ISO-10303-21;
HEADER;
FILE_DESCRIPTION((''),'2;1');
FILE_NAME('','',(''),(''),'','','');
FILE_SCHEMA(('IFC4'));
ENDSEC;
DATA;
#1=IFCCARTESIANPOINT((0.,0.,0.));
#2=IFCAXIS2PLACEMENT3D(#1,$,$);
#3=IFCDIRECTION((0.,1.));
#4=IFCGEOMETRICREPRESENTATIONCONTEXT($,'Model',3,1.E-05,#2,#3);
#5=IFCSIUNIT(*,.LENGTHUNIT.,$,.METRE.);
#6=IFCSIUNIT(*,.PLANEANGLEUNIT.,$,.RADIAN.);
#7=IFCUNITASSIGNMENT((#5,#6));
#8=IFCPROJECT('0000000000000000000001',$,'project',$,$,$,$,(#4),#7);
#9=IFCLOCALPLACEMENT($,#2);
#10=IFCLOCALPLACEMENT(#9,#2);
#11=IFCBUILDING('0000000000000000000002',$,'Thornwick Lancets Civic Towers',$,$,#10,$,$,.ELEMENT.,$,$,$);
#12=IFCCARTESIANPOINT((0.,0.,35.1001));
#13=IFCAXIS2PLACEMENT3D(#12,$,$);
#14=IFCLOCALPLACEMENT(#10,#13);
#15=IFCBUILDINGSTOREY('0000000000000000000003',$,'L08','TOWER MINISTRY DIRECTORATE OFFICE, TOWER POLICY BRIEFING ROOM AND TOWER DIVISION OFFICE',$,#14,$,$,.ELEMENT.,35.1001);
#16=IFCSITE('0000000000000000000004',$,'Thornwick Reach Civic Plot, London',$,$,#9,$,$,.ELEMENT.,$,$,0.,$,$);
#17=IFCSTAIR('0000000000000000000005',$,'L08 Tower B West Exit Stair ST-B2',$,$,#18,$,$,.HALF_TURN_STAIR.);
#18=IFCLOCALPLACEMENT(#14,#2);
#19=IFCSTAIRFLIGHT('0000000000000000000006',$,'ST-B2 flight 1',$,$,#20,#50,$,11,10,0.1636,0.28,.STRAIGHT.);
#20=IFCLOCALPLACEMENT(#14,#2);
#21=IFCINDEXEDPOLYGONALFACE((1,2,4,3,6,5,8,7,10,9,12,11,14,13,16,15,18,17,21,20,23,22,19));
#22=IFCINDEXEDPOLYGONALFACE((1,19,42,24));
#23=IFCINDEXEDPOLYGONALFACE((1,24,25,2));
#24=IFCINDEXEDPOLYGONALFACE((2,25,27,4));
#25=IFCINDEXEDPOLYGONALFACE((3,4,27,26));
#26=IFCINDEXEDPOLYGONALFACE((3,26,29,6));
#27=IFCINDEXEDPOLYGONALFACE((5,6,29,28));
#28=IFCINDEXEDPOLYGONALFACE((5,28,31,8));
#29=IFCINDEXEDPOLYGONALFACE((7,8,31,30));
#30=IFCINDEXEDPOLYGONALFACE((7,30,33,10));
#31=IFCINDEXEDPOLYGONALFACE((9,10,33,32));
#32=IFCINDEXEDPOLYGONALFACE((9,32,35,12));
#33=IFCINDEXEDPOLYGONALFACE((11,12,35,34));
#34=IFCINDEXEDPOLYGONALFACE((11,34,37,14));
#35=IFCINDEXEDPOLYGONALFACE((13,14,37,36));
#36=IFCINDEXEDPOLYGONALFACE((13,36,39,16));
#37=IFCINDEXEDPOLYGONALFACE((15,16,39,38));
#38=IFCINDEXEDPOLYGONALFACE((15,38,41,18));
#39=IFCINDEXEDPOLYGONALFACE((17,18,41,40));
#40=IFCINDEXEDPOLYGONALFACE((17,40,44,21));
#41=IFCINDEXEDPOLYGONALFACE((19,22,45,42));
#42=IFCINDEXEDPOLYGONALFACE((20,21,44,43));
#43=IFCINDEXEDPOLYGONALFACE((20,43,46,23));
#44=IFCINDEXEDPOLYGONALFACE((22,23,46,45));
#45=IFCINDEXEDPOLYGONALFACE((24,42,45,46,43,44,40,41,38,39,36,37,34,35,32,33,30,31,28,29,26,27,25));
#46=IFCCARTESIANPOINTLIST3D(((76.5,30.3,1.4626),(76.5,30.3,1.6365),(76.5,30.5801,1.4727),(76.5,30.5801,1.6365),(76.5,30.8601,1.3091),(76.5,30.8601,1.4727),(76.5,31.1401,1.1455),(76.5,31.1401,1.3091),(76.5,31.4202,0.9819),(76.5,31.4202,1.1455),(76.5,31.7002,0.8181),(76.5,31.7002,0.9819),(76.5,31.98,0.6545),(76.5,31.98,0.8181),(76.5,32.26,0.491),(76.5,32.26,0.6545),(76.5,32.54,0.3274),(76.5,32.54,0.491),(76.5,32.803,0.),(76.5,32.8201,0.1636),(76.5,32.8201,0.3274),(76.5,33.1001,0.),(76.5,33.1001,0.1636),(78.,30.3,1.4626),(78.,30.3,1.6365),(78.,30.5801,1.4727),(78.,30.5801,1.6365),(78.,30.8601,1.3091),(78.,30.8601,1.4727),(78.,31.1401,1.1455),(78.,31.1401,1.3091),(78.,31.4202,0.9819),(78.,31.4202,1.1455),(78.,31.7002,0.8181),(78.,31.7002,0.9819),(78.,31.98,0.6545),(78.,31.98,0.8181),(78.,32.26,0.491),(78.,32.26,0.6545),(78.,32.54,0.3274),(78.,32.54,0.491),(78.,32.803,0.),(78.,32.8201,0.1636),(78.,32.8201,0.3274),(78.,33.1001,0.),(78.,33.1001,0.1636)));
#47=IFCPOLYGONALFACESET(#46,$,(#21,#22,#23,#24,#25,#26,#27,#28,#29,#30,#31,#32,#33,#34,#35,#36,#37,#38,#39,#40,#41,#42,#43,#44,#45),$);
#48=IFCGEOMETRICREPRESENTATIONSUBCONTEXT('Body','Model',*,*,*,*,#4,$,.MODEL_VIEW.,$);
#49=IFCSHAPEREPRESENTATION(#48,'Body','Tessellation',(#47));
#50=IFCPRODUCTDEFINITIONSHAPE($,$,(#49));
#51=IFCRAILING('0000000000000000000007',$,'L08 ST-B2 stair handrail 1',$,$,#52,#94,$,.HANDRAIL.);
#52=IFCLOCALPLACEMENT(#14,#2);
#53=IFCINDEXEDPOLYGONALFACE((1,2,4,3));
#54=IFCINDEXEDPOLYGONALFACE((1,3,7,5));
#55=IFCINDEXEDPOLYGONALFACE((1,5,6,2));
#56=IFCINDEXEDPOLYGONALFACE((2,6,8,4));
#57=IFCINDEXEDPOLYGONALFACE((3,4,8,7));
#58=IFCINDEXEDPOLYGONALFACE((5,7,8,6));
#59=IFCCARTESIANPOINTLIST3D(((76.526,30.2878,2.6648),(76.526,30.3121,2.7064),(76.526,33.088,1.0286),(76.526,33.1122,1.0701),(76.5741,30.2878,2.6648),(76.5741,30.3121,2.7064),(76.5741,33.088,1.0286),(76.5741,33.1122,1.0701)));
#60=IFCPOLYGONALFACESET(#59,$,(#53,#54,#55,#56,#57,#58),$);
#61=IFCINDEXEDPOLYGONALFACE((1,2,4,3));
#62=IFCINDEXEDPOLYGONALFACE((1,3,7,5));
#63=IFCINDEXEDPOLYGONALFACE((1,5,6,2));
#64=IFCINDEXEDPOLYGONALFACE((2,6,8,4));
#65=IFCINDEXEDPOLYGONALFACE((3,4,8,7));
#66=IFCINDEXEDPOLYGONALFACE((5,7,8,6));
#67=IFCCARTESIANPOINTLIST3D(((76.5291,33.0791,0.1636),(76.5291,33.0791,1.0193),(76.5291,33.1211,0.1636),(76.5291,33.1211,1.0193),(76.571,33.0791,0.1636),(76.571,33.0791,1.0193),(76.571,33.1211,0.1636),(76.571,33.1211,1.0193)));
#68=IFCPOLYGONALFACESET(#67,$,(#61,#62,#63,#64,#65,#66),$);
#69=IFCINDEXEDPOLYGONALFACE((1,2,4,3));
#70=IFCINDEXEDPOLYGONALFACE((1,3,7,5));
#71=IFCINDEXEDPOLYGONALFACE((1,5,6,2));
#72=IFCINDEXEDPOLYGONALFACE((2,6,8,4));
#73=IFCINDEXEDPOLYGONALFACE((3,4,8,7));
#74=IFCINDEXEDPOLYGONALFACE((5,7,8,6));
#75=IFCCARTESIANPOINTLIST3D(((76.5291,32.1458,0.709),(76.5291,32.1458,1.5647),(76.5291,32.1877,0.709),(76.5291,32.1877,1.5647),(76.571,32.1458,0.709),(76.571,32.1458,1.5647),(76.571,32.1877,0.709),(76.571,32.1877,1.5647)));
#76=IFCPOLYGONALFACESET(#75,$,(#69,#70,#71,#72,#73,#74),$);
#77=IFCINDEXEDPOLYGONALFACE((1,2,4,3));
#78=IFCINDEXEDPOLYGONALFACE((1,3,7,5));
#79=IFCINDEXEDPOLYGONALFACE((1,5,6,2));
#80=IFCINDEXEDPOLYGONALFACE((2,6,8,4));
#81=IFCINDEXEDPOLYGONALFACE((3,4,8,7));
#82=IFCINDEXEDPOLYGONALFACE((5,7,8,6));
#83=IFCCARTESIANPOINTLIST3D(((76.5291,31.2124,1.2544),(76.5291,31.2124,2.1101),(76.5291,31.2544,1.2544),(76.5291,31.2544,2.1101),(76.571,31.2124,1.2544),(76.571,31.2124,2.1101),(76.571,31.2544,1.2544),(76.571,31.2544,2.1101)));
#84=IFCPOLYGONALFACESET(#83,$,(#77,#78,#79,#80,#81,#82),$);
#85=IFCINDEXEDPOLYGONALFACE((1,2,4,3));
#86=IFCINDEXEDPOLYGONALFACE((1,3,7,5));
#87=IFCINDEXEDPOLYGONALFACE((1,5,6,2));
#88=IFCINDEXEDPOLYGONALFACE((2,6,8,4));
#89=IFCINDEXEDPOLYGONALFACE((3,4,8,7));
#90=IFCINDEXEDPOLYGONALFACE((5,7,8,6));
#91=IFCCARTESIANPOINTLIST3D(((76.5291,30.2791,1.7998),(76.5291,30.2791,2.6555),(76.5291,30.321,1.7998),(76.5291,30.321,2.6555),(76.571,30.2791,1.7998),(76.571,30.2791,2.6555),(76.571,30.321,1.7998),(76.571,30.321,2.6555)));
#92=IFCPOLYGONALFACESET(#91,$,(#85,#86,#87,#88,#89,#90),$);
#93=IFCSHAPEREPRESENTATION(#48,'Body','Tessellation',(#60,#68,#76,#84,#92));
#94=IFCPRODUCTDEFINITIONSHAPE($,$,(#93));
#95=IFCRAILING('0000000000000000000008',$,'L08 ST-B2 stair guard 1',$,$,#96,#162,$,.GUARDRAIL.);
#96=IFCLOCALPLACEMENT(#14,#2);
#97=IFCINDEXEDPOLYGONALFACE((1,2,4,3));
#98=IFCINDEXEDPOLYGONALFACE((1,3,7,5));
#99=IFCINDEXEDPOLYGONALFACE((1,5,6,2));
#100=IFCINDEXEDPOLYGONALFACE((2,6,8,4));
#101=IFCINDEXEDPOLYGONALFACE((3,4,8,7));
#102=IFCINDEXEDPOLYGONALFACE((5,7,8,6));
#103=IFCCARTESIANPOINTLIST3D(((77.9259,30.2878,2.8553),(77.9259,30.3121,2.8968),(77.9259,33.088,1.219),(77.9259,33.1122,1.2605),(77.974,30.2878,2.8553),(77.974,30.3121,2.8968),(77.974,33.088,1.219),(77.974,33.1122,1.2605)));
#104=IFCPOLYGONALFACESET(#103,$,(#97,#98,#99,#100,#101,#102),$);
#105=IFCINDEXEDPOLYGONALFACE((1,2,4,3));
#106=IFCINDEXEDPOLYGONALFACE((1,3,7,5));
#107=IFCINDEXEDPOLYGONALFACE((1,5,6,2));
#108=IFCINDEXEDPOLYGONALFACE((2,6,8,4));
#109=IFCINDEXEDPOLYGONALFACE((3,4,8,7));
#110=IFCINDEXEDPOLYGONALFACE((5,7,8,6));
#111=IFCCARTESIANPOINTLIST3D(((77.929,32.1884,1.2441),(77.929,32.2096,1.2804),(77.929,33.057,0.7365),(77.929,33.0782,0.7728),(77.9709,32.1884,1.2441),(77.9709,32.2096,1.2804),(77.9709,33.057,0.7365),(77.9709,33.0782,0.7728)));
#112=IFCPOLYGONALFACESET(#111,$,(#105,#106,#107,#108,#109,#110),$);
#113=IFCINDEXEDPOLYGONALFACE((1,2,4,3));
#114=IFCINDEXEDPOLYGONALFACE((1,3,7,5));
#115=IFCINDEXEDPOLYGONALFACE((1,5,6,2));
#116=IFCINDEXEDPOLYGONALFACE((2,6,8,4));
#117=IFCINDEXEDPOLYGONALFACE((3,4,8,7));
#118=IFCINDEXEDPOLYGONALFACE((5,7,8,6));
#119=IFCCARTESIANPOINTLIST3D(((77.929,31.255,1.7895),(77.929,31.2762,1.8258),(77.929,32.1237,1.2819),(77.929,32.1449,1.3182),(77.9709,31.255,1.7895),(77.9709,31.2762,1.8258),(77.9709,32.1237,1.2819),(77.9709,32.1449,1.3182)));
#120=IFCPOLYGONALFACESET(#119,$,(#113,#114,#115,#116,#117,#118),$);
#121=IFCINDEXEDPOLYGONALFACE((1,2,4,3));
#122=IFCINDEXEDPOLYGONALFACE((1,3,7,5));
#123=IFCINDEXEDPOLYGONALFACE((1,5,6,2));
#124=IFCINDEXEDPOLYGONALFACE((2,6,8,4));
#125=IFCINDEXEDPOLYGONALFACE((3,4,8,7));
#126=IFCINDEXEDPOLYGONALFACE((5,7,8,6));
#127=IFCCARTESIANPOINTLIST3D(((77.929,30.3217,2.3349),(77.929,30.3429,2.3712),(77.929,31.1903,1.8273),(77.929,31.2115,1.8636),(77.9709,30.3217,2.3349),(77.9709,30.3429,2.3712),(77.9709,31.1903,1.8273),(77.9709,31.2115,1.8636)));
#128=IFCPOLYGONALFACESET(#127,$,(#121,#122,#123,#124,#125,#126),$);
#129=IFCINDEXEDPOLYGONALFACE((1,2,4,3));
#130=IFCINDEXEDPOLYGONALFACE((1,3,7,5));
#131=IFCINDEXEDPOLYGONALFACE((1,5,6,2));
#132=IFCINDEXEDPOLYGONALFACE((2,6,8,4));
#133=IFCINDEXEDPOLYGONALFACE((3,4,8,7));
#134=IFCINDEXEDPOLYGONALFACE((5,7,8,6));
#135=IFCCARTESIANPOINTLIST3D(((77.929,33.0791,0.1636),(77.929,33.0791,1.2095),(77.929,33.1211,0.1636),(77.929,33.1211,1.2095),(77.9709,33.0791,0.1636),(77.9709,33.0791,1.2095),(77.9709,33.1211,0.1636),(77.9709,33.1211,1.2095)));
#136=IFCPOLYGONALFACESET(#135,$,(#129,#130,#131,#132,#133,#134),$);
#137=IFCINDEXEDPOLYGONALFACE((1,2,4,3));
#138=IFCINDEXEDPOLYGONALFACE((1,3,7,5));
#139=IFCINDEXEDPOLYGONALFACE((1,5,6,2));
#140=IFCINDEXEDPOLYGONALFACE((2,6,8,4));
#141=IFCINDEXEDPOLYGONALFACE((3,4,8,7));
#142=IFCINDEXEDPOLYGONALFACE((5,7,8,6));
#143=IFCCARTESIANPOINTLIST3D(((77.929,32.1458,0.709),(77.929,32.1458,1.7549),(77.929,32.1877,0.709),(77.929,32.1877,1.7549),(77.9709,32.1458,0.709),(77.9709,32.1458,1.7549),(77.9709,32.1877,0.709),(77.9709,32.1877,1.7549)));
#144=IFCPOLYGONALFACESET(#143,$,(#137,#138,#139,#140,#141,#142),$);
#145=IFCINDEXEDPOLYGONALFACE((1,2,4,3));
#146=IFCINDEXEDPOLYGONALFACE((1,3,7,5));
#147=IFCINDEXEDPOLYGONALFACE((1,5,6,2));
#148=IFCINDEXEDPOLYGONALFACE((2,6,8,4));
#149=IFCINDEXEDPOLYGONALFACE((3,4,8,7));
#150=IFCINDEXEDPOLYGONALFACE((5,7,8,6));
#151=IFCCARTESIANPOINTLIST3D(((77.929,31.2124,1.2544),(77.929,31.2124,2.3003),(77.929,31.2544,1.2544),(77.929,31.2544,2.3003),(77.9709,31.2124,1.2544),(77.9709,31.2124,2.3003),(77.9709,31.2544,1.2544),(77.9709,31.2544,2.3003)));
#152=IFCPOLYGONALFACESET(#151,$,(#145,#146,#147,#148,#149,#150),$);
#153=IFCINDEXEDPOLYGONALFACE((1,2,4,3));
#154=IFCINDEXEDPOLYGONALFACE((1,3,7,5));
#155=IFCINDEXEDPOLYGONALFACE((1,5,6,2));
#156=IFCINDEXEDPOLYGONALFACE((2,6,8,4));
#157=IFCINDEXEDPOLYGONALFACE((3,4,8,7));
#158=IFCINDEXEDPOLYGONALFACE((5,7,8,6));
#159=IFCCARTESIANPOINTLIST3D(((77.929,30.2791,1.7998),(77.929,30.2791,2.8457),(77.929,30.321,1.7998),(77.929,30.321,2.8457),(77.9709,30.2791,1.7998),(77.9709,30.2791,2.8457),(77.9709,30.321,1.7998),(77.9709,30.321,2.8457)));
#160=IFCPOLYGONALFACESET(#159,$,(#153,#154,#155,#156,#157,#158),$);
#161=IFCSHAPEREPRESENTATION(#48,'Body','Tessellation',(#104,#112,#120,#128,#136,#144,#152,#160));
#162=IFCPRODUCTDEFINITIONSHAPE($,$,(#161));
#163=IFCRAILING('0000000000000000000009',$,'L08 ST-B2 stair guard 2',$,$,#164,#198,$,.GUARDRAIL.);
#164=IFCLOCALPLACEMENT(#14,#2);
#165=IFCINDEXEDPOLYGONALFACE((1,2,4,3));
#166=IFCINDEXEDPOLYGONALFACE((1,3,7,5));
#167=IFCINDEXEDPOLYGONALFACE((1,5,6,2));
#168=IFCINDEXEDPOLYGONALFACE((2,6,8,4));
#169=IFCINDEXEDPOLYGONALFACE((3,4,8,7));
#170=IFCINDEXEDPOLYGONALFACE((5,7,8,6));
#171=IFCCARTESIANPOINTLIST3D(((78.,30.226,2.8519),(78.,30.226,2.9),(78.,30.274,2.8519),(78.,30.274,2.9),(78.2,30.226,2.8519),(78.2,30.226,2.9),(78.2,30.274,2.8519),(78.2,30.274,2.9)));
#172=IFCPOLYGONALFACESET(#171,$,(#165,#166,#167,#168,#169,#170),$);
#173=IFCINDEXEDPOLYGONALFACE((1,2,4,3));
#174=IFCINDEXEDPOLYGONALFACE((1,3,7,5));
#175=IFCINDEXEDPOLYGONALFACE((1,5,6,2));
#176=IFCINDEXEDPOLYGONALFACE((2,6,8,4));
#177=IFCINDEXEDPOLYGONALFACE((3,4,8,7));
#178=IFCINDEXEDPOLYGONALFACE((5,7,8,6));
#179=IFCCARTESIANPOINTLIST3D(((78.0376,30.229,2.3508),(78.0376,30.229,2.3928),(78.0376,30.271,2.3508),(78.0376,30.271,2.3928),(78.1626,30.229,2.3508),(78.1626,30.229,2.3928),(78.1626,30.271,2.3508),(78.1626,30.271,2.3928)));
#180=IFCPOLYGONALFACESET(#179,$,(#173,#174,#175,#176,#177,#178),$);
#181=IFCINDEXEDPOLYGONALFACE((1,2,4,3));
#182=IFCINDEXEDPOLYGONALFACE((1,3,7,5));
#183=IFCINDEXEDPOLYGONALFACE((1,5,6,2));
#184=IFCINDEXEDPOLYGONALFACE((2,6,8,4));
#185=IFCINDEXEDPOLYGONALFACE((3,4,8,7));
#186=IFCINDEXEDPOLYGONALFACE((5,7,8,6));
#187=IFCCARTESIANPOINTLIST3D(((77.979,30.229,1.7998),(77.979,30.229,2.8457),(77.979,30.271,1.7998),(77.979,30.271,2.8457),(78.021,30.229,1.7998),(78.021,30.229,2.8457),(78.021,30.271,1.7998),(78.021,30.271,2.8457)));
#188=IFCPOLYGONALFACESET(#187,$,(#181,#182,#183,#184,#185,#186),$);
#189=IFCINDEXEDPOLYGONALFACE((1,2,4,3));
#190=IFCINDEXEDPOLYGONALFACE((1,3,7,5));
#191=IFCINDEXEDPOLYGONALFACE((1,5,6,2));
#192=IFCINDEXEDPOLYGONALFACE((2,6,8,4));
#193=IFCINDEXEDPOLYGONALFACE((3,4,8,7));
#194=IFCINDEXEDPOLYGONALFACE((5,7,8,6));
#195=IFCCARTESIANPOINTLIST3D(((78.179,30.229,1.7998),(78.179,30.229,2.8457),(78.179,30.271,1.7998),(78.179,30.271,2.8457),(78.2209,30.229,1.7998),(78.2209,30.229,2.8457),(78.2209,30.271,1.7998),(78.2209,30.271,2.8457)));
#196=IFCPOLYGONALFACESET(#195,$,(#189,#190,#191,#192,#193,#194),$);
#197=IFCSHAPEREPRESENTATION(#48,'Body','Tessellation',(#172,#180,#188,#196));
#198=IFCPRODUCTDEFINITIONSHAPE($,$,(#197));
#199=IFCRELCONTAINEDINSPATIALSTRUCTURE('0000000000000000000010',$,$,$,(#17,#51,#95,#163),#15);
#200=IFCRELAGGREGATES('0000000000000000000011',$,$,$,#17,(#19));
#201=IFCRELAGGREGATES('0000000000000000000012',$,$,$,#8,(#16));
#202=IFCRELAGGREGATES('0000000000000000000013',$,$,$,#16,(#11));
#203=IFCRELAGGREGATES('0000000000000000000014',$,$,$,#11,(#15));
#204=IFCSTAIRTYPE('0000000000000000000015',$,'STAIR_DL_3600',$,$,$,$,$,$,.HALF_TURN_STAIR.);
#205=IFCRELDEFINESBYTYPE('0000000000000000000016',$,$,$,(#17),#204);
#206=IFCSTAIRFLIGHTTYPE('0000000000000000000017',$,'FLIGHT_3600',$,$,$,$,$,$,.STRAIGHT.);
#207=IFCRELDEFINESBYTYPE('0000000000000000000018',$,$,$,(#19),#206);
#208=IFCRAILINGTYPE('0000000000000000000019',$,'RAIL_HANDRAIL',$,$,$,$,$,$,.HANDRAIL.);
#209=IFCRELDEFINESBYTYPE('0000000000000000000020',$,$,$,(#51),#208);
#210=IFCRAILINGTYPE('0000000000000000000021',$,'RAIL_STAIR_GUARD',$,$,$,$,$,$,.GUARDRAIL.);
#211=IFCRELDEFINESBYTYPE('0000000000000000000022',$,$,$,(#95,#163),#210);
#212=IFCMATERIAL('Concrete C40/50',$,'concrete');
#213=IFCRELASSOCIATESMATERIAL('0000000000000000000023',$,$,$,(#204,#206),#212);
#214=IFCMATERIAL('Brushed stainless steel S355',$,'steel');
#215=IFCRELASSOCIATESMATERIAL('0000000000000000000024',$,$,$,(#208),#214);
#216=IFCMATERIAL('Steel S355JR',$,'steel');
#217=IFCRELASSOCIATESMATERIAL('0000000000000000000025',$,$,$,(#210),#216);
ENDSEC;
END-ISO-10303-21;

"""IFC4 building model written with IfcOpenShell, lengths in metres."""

from ifc_helpers import new_model, si_unit, direction, frame, origin, origin_2d, place, context, subcontext, project, spatial, polyline, rectangle, outline, extrude, material, type_object, element, aggregate, save


model = new_model("IFC4")

# Units and contexts
model_context = context("Model", 3, precision=1e-05, world=origin(), true_north=direction((0.0, 1.0)))
body_context = subcontext(model_context, "Body", "Model", "MODEL_VIEW")
ifc_project = project(units=[si_unit("LENGTHUNIT", "METRE"), si_unit("PLANEANGLEUNIT", "RADIAN")], contexts=[model_context])

# Site, building, storey
site_placement = place(None, origin())
site = spatial("IfcSite", under=ifc_project, at=site_placement, Name="Thornwick Reach Civic Plot, London", CompositionType="ELEMENT", RefElevation=0.0)
building_placement = place(site_placement, origin())
building = spatial("IfcBuilding", under=site, at=building_placement, Name="Thornwick Lancets Civic Towers", CompositionType="ELEMENT")
storey_placement = place(building_placement, frame((0.0, 0.0, 35.1001)))
storey = spatial("IfcBuildingStorey", under=building, at=storey_placement, Name="L08", Description="TOWER MINISTRY DIRECTORATE OFFICE, TOWER POLICY BRIEFING ROOM AND TOWER DIVISION OFFICE", CompositionType="ELEMENT", Elevation=35.1001)

# Shared definitions
ifc_material_1 = material(Name="Steel S355JR", Category="steel")
ifc_material_2 = material(Name="Concrete C40/50", Category="concrete")

# Stair, stair flight
stair_type = type_object("IfcStairType", Name="STAIR_DL_3600", PredefinedType="HALF_TURN_STAIR", material=ifc_material_2)
stair_placement = place(storey_placement, origin())
stair = element("IfcStair", 1, at=stair_placement, inside=storey, type_object=stair_type, Name="L08 Tower B West Exit Stair ST-B2", PredefinedType="HALF_TURN_STAIR")
stair_flight_type = type_object("IfcStairFlightType", Name="FLIGHT_3600", PredefinedType="STRAIGHT", material=ifc_material_2)
stair_flight_placement = place(storey_placement, frame((77.25, 33.1001, 0.0), z_axis=(0.0, 0.0, 1.0), x_axis=(0.0, -1.0, 0.0)))
stair_flight = element("IfcStairFlight", 2, at=stair_flight_placement, type_object=stair_flight_type, Name="ST-B2 flight 1", NumberOfRisers=11, NumberOfTreads=10, PredefinedType="STRAIGHT", RiserHeight=0.1636, TreadLength=0.28, context=body_context, shape_type="SweptSolid", body=[
    extrude(outline(polyline([(0.0, 0.0), (0.0, 0.1636), (0.28, 0.1636), (0.28, 0.3274), (0.5601, 0.3274), (0.5601, 0.491), (0.8401, 0.491), (0.8401, 0.6545), (1.1201, 0.6545), (1.1201, 0.8181), (1.3999, 0.8181), (1.3999, 0.9819), (1.6799, 0.9819), (1.6799, 1.1455), (1.96, 1.1455), (1.96, 1.3091), (2.24, 1.3091), (2.24, 1.4727), (2.52, 1.4727), (2.52, 1.6365), (2.8, 1.6365), (2.8, 1.8), (2.8, 1.4626), (0.2971, 0.0), (0.0, 0.0)])), frame((0.0, 0.75, 0.0), z_axis=(0.0, -1.0, 0.0), x_axis=(1.0, 0.0, 0.0)), (0.0, 0.0, 1.0), 1.5),
])
aggregate(stair, [stair_flight])

# Railings
ifc_material_3 = material(Name="Brushed stainless steel S355", Category="steel")
railing_type_1 = type_object("IfcRailingType", Name="RAIL_HANDRAIL", PredefinedType="HANDRAIL", material=ifc_material_3)
railing_1_placement = place(storey_placement, frame((76.55, 33.1001, 0.1636)))
element("IfcRailing", 3, at=railing_1_placement, inside=storey, type_object=railing_type_1, Name="L08 ST-B2 stair handrail 1", PredefinedType="HANDRAIL", context=body_context, shape_type="SweptSolid", body=[
    extrude(rectangle(XDim=0.0481, YDim=0.0481, at=origin_2d()), frame((0.0, 0.0, 0.8857), z_axis=(0.0, -0.863394, 0.504531), x_axis=(1.0, 0.0, 0.0)), (0.0, 0.0, 1.0), 3.2432),
    extrude(rectangle(XDim=0.042, YDim=0.042, at=origin_2d()), origin(), (0.0, 0.0, 1.0), 0.8557),
    extrude(rectangle(XDim=0.042, YDim=0.042, at=origin_2d()), frame((0.0, -0.9333, 0.5454)), (0.0, 0.0, 1.0), 0.8557),
    extrude(rectangle(XDim=0.042, YDim=0.042, at=origin_2d()), frame((0.0, -1.8667, 1.0908)), (0.0, 0.0, 1.0), 0.8557),
    extrude(rectangle(XDim=0.042, YDim=0.042, at=origin_2d()), frame((0.0, -2.8, 1.6362)), (0.0, 0.0, 1.0), 0.8557),
])
railing_type_2 = type_object("IfcRailingType", Name="RAIL_STAIR_GUARD", PredefinedType="GUARDRAIL", material=ifc_material_1)
railing_2_placement = place(storey_placement, frame((77.95, 33.1001, 0.1636)))
element("IfcRailing", 4, at=railing_2_placement, inside=storey, type_object=railing_type_2, Name="L08 ST-B2 stair guard 1", PredefinedType="GUARDRAIL", context=body_context, shape_type="SweptSolid", body=[
    extrude(rectangle(XDim=0.0481, YDim=0.0481, at=origin_2d()), frame((0.0, 0.0, 1.0762), z_axis=(0.0, -0.863394, 0.504531), x_axis=(1.0, 0.0, 0.0)), (0.0, 0.0, 1.0), 3.2432),
    extrude(rectangle(XDim=0.042, YDim=0.042, at=origin_2d()), frame((0.0, -0.0325, 0.5911), z_axis=(0.0, -0.863394, 0.504531), x_axis=(1.0, 0.0, 0.0)), (0.0, 0.0, 1.0), 1.0061),
    extrude(rectangle(XDim=0.042, YDim=0.042, at=origin_2d()), frame((0.0, -0.9658, 1.1365), z_axis=(0.0, -0.863394, 0.504531), x_axis=(1.0, 0.0, 0.0)), (0.0, 0.0, 1.0), 1.0061),
    extrude(rectangle(XDim=0.042, YDim=0.042, at=origin_2d()), frame((0.0, -1.8992, 1.6819), z_axis=(0.0, -0.863394, 0.504531), x_axis=(1.0, 0.0, 0.0)), (0.0, 0.0, 1.0), 1.0061),
    extrude(rectangle(XDim=0.042, YDim=0.042, at=origin_2d()), origin(), (0.0, 0.0, 1.0), 1.0459),
    extrude(rectangle(XDim=0.042, YDim=0.042, at=origin_2d()), frame((0.0, -0.9333, 0.5454)), (0.0, 0.0, 1.0), 1.0459),
    extrude(rectangle(XDim=0.042, YDim=0.042, at=origin_2d()), frame((0.0, -1.8667, 1.0908)), (0.0, 0.0, 1.0), 1.0459),
    extrude(rectangle(XDim=0.042, YDim=0.042, at=origin_2d()), frame((0.0, -2.8, 1.6362)), (0.0, 0.0, 1.0), 1.0459),
])
for number, where, name in (
    (5, (78.0, 30.25, 1.7998), "L08 ST-B2 stair guard 2"),
):
    element("IfcRailing", number, at=place(storey_placement, frame(where)), inside=storey, type_object=railing_type_2, Name=name, PredefinedType="GUARDRAIL", context=body_context, shape_type="SweptSolid", body=[
        extrude(rectangle(XDim=0.0481, YDim=0.0481, at=origin_2d()), frame((0.0, 0.0, 1.0762), z_axis=(1.0, 0.0, 0.0), x_axis=(0.0, 1.0, 0.0)), (0.0, 0.0, 1.0), 0.2),
        extrude(rectangle(XDim=0.042, YDim=0.042, at=origin_2d()), frame((0.0376, 0.0, 0.572), z_axis=(1.0, 0.0, 0.0), x_axis=(0.0, 1.0, 0.0)), (0.0, 0.0, 1.0), 0.125),
        extrude(rectangle(XDim=0.042, YDim=0.042, at=origin_2d()), origin(), (0.0, 0.0, 1.0), 1.0459),
        extrude(rectangle(XDim=0.042, YDim=0.042, at=origin_2d()), frame((0.2, 0.0, 0.0)), (0.0, 0.0, 1.0), 1.0459),
    ])

save(model, "model.ifc")
